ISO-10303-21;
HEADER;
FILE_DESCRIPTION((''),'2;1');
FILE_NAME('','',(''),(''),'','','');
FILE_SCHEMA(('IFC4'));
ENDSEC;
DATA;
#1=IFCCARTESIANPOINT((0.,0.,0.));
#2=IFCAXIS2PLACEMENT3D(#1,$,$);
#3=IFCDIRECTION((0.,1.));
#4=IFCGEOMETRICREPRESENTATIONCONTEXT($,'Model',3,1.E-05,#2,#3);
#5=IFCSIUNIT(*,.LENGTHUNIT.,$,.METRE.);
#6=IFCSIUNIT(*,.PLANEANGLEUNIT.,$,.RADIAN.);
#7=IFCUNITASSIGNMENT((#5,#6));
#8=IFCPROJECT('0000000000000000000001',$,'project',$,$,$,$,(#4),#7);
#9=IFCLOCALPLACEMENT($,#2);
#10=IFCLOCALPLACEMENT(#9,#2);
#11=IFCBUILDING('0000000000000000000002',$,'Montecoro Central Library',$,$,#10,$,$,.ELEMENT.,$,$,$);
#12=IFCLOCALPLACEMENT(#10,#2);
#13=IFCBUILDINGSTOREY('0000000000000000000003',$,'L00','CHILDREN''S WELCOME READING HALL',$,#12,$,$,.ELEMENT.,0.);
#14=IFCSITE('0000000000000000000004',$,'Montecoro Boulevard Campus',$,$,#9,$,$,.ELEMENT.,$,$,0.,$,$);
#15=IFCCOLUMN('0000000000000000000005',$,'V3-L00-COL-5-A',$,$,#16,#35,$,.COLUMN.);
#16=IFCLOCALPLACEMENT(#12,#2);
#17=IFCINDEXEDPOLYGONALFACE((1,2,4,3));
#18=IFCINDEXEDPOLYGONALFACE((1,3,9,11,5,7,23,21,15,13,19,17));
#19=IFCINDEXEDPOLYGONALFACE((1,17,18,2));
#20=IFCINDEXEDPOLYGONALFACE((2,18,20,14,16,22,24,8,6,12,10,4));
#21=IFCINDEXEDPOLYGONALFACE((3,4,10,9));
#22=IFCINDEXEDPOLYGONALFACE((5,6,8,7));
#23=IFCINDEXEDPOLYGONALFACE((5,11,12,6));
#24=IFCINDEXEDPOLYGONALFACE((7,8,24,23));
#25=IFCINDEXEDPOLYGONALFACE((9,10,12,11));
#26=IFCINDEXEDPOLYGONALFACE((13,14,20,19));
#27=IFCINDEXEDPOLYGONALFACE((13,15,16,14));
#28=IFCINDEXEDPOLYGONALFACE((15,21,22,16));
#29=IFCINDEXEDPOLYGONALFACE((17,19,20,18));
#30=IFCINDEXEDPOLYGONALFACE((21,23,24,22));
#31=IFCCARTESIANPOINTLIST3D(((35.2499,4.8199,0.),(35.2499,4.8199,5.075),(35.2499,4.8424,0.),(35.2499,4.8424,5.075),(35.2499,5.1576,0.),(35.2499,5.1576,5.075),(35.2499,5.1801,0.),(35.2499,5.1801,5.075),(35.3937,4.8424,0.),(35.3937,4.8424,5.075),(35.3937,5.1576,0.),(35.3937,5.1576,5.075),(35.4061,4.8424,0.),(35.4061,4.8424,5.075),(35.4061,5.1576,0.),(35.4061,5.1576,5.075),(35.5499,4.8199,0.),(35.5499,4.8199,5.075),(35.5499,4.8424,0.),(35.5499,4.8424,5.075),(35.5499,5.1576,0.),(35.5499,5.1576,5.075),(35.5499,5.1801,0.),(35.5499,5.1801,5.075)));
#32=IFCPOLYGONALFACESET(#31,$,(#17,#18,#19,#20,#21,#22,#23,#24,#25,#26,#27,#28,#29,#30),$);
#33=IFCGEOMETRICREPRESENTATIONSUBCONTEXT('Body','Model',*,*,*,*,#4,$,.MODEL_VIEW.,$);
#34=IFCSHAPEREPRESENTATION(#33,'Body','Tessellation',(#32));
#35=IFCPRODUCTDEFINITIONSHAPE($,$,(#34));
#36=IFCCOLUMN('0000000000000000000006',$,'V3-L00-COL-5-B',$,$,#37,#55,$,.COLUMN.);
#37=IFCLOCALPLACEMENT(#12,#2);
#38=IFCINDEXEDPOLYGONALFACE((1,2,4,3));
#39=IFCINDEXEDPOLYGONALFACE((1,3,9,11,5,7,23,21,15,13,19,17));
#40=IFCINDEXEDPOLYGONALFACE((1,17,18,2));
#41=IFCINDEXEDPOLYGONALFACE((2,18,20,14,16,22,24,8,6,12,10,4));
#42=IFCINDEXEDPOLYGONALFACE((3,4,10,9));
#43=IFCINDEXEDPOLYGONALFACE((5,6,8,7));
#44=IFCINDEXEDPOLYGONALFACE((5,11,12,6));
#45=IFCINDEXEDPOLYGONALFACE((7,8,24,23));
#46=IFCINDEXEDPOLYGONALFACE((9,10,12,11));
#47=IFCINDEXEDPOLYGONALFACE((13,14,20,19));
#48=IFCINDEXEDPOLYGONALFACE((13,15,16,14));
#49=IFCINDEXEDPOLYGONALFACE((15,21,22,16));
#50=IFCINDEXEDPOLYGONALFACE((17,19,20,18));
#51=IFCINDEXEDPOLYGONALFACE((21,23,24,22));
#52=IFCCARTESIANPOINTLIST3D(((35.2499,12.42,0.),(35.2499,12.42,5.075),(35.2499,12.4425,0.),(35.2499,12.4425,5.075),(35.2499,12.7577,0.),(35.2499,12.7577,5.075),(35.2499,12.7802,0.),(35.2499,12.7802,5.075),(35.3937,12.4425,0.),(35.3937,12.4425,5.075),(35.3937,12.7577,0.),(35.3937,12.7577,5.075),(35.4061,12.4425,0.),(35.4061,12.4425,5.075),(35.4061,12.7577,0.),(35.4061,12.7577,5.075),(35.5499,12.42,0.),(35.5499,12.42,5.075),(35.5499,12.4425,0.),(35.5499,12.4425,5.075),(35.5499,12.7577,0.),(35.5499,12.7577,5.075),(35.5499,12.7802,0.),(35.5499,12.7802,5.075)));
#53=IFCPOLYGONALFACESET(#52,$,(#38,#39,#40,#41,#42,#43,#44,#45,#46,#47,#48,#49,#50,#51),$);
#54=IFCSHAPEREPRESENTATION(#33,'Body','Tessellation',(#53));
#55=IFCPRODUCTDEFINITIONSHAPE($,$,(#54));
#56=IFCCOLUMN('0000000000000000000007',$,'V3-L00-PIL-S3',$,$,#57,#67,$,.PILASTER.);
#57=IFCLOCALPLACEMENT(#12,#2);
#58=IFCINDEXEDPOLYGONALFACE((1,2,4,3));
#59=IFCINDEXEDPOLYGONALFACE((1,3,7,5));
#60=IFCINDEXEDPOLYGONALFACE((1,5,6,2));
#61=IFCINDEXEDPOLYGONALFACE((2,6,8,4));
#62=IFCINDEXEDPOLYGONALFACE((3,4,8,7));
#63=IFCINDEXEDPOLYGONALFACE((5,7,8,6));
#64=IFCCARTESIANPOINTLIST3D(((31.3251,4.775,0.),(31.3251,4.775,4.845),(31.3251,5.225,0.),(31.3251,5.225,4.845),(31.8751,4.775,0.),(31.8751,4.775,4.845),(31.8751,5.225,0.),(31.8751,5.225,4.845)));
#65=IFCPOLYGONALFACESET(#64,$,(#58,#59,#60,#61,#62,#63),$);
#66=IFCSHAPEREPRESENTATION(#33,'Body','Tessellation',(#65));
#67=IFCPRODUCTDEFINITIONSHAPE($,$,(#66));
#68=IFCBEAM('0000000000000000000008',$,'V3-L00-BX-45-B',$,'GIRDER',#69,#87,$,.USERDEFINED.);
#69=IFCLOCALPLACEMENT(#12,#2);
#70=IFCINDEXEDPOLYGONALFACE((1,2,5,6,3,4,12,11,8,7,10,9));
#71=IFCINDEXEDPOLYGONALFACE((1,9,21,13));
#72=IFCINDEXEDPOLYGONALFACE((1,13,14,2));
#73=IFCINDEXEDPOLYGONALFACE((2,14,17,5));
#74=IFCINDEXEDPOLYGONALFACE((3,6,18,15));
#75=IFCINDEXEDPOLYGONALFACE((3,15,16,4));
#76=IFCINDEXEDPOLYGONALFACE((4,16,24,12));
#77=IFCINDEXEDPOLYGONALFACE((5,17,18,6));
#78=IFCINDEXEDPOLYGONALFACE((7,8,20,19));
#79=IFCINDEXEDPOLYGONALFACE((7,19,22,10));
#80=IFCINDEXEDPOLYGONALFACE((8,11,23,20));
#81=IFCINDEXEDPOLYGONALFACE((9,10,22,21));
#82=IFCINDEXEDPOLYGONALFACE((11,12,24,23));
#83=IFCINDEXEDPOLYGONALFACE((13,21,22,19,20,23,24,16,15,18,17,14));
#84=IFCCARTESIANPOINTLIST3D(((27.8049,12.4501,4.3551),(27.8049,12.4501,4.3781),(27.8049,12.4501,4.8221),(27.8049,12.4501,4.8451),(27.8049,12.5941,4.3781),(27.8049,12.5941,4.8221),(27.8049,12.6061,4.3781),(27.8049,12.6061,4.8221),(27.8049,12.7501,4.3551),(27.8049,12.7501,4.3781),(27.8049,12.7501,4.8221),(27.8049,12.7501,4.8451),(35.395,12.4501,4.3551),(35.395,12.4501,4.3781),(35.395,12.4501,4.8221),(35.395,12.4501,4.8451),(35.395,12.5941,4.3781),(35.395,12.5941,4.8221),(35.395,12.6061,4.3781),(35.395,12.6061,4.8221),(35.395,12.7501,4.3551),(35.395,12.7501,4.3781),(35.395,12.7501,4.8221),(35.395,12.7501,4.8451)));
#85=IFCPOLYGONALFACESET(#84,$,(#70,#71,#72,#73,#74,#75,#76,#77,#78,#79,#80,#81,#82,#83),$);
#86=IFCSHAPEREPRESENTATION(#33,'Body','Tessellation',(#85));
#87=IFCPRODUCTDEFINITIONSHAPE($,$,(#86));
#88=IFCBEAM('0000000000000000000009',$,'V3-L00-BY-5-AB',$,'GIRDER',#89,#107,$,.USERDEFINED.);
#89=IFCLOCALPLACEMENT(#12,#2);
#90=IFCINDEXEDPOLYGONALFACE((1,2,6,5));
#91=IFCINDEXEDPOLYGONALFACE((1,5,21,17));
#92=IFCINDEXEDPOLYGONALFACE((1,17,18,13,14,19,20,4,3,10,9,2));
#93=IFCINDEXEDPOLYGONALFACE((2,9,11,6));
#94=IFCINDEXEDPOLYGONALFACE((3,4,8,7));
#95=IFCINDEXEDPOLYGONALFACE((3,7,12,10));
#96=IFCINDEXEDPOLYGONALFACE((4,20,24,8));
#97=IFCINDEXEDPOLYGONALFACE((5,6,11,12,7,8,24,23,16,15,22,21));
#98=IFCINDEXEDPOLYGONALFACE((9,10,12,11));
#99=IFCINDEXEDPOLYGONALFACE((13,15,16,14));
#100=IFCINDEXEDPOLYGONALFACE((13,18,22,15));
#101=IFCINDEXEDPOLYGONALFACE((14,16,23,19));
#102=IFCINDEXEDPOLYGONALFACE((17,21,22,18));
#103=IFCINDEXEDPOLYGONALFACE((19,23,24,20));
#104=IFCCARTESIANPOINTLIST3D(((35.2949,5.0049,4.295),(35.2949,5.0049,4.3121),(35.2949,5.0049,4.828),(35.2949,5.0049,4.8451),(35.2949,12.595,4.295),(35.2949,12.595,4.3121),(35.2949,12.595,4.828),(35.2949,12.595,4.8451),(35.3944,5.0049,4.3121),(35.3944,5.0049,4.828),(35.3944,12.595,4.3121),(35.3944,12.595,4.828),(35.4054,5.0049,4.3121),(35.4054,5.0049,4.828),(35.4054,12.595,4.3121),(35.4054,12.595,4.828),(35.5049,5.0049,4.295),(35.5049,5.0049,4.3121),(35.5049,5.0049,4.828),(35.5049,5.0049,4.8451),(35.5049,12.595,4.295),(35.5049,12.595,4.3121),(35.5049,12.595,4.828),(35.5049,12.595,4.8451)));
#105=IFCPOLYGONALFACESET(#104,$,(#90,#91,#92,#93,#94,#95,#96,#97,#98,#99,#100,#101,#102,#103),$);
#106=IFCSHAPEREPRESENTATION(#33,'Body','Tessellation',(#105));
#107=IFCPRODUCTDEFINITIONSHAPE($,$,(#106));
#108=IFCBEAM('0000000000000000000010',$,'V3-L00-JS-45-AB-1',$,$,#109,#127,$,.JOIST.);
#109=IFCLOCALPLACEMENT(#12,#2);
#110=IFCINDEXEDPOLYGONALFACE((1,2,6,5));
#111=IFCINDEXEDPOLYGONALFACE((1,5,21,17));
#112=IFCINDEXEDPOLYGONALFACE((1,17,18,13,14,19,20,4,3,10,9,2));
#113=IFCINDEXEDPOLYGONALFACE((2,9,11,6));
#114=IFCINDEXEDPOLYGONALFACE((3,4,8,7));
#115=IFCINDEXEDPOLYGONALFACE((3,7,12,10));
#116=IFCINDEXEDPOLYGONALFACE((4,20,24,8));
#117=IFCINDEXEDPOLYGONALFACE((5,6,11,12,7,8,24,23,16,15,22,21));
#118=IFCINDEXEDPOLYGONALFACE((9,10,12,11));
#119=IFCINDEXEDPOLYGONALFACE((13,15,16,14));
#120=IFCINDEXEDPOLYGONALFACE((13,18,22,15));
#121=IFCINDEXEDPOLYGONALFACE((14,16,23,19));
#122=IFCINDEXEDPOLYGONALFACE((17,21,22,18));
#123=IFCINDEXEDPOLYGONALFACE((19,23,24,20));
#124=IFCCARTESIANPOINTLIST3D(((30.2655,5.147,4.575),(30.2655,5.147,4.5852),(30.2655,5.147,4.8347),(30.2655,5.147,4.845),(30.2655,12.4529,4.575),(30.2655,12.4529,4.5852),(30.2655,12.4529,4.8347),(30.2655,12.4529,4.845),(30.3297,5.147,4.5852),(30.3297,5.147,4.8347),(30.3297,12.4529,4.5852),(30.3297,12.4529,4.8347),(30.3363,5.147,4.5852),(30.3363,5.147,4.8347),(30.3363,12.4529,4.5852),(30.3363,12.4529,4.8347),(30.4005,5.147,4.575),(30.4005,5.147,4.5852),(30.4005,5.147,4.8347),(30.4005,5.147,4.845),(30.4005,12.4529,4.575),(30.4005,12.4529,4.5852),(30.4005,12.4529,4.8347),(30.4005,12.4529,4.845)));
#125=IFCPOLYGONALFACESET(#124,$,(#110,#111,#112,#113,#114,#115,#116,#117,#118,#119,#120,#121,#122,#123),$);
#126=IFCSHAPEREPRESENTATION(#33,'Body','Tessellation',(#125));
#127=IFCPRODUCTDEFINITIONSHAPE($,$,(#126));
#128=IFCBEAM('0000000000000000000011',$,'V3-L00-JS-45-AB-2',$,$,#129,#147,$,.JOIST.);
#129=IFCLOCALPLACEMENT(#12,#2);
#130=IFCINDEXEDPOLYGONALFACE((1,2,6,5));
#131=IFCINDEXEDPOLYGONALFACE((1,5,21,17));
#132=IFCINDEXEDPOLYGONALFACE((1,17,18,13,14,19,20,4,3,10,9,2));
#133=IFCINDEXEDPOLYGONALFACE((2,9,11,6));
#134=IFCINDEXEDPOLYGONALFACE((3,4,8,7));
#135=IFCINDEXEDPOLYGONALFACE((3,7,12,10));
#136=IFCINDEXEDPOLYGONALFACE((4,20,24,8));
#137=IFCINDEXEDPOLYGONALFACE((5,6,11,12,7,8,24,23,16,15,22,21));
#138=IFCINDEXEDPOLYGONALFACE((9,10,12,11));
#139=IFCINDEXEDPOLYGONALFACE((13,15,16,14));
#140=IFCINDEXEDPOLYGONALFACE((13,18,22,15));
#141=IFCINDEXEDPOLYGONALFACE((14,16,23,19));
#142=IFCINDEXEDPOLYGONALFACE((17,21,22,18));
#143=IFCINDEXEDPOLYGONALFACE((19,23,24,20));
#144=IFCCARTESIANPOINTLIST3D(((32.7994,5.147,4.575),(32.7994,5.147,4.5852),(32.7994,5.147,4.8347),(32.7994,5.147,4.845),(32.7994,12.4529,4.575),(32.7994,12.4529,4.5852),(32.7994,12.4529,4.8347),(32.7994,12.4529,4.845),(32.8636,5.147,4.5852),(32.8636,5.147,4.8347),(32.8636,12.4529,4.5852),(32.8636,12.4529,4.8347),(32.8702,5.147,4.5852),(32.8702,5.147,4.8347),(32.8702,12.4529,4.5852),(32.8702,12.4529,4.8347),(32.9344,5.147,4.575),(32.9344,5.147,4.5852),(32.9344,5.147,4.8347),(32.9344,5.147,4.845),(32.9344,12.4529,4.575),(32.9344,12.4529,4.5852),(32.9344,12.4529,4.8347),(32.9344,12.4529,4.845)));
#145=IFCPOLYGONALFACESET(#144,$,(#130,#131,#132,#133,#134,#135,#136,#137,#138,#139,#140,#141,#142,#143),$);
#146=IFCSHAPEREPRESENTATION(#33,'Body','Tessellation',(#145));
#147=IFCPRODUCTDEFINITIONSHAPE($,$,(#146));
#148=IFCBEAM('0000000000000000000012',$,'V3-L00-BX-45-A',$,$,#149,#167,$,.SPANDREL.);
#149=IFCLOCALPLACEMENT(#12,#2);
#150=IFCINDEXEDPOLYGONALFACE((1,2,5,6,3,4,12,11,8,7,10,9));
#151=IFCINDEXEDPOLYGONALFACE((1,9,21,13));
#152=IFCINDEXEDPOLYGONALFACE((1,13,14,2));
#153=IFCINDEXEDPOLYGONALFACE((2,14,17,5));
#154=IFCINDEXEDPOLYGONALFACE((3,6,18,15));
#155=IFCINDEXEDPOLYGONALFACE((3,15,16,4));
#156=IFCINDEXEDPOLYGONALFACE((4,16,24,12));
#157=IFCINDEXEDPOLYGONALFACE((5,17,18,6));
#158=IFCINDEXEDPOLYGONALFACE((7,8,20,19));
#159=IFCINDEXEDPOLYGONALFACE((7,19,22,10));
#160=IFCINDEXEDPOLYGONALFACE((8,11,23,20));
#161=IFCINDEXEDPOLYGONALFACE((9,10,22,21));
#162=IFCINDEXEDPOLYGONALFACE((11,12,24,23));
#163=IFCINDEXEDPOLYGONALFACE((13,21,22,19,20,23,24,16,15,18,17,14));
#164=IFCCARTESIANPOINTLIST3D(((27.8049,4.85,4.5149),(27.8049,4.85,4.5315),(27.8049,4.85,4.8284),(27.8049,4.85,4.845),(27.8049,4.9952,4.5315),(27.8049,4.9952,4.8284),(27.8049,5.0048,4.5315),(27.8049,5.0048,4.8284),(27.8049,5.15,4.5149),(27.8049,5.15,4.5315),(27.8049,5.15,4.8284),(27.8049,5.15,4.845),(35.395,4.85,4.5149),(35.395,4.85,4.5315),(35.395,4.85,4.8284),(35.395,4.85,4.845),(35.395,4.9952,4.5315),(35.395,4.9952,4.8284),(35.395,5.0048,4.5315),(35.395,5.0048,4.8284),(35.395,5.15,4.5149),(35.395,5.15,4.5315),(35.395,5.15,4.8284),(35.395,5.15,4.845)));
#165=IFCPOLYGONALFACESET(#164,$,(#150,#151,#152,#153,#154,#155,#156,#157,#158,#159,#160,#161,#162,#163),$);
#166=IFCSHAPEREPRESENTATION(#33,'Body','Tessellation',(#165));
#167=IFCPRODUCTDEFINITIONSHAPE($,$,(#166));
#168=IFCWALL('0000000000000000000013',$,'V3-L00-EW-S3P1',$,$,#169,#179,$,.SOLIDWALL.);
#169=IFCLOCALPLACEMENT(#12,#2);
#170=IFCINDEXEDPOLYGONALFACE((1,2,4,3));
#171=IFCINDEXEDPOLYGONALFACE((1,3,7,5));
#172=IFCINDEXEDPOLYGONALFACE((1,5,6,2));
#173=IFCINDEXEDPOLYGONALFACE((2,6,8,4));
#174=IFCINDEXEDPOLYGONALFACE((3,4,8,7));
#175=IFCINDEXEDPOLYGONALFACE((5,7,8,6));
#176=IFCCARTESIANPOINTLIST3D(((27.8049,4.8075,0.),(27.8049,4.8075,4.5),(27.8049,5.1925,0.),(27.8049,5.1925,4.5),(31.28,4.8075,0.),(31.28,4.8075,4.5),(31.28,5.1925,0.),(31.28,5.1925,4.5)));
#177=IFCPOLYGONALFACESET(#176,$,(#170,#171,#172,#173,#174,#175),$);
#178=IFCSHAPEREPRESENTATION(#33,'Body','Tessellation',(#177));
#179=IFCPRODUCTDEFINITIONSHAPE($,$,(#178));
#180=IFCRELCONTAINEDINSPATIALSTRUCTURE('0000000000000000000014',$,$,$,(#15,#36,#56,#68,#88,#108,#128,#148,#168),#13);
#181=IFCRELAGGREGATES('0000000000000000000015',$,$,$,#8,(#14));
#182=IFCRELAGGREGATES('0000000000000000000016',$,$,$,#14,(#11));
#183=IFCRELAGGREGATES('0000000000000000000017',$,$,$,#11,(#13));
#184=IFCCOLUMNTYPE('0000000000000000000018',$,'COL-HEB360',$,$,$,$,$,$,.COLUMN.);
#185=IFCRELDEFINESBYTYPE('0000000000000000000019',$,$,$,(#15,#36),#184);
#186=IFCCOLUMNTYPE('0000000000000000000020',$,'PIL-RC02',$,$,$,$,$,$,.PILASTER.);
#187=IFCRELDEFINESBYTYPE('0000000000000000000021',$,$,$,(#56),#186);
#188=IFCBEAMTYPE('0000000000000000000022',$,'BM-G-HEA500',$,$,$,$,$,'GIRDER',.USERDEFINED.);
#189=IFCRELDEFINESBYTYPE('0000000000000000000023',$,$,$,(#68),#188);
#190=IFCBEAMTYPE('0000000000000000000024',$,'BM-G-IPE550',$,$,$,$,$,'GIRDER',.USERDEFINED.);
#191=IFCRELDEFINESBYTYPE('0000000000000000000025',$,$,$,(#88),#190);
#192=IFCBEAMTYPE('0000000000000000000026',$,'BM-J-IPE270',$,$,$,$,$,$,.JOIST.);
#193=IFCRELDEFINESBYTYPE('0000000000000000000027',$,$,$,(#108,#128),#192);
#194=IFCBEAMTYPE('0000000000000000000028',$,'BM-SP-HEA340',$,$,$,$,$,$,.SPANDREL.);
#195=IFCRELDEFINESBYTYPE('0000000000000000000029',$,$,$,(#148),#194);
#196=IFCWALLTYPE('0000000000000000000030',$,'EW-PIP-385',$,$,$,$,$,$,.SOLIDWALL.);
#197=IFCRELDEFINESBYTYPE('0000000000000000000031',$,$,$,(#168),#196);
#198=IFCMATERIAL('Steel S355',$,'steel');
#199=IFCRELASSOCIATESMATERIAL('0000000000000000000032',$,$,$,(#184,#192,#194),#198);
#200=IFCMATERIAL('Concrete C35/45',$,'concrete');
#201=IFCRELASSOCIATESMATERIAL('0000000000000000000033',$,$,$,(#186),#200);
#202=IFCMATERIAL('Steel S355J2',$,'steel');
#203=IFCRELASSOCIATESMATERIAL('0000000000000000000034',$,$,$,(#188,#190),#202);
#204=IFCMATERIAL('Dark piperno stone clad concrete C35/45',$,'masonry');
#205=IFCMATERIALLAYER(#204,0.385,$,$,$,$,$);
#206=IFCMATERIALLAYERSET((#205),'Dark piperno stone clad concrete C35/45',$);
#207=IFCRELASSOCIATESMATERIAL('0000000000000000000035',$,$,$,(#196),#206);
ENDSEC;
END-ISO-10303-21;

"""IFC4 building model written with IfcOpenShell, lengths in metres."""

from ifc_helpers import new_model, si_unit, direction, frame, frame_2d, origin, origin_2d, place, context, subcontext, project, spatial, rectangle, i_section, extrude, material, layer, layer_set, material_profile, profile_set, type_object, element, save


model = new_model("IFC4")

# Units and contexts
model_context = context("Model", 3, precision=1e-05, world=origin(), true_north=direction((0.0, 1.0)))
body_context = subcontext(model_context, "Body", "Model", "MODEL_VIEW")
ifc_project = project(units=[si_unit("LENGTHUNIT", "METRE"), si_unit("PLANEANGLEUNIT", "RADIAN")], contexts=[model_context])

# Site, building, storey
site_placement = place(None, origin())
site = spatial("IfcSite", under=ifc_project, at=site_placement, Name="Montecoro Boulevard Campus", CompositionType="ELEMENT", RefElevation=0.0)
building_placement = place(site_placement, origin())
building = spatial("IfcBuilding", under=site, at=building_placement, Name="Montecoro Central Library", CompositionType="ELEMENT")
storey_placement = place(building_placement, origin())
storey = spatial("IfcBuildingStorey", under=building, at=storey_placement, Name="L00", Description="CHILDREN'S WELCOME READING HALL", CompositionType="ELEMENT", Elevation=0.0)

# Shared definitions
ifc_material_1 = material(Name="Concrete C35/45", Category="concrete")

# Columns
ifc_material_2 = material(Name="Steel S355", Category="steel")
ifc_material_profile_1 = material_profile(ifc_material_2, i_section(OverallWidth=0.3, OverallDepth=0.3601, WebThickness=0.0125, FlangeThickness=0.0225, at=origin_2d()), Name="HEB 360")
ifc_profile_set_1 = profile_set([ifc_material_profile_1], Name="Steel S355")
column_type_1 = type_object("IfcColumnType", Name="COL-HEB360", PredefinedType="COLUMN", material=ifc_profile_set_1)
for number, where, z_axis, x_axis, name in (
    (1, (35.3999, 5.0, 0.0), (0.0, 0.0, 1.0), (1.0, 0.0, 0.0), "V3-L00-COL-5-A"),
    (2, (35.3999, 12.6001, 0.0), (0.0, 0.0, 1.0), (1.0, 0.0, 0.0), "V3-L00-COL-5-B"),
):
    element("IfcColumn", number, at=place(storey_placement, frame(where, z_axis=z_axis, x_axis=x_axis)), inside=storey, type_object=column_type_1, Name=name, PredefinedType="COLUMN", context=body_context, shape_type="SweptSolid", body=[
        extrude(i_section(OverallWidth=0.3, OverallDepth=0.3601, WebThickness=0.0125, FlangeThickness=0.0225, at=origin_2d()), origin(), (0.0, 0.0, 1.0), 5.075),
    ])
ifc_material_profile_2 = material_profile(ifc_material_1, rectangle(XDim=0.55, YDim=0.45, at=origin_2d()), Name="RC PIL 550x450")
ifc_profile_set_2 = profile_set([ifc_material_profile_2], Name="Concrete C35/45")
column_type_2 = type_object("IfcColumnType", Name="PIL-RC02", PredefinedType="PILASTER", material=ifc_profile_set_2)
column_placement = place(storey_placement, frame((31.6001, 5.0, 0.0), z_axis=(0.0, 0.0, 1.0), x_axis=(1.0, 0.0, 0.0)))
element("IfcColumn", 3, at=column_placement, inside=storey, type_object=column_type_2, Name="V3-L00-PIL-S3", PredefinedType="PILASTER", context=body_context, shape_type="SweptSolid", body=[
    extrude(rectangle(XDim=0.55, YDim=0.45, at=origin_2d()), origin(), (0.0, 0.0, 1.0), 4.845),
])

# Beams
ifc_material_3 = material(Name="Steel S355J2", Category="steel")
ifc_material_profile_3 = material_profile(ifc_material_3, i_section(OverallWidth=0.3, OverallDepth=0.49, WebThickness=0.012, FlangeThickness=0.0229, at=origin_2d()), Name="HEA 500")
ifc_profile_set_3 = profile_set([ifc_material_profile_3], Name="Steel S355J2")
beam_type_1 = type_object("IfcBeamType", Name="BM-G-HEA500", ElementType="GIRDER", PredefinedType="USERDEFINED", material=ifc_profile_set_3)
beam_1_placement = place(storey_placement, frame((27.8049, 12.6001, 4.6001), z_axis=(1.0, 0.0, 0.0), x_axis=(0.0, 1.0, 0.0)))
element("IfcBeam", 4, at=beam_1_placement, inside=storey, type_object=beam_type_1, Name="V3-L00-BX-45-B", ObjectType="GIRDER", PredefinedType="USERDEFINED", context=body_context, shape_type="SweptSolid", body=[
    extrude(i_section(OverallWidth=0.3, OverallDepth=0.49, WebThickness=0.012, FlangeThickness=0.0229, at=origin_2d()), origin(), (0.0, 0.0, 1.0), 7.5901),
])
ifc_material_profile_4 = material_profile(ifc_material_3, i_section(OverallWidth=0.21, OverallDepth=0.55, WebThickness=0.011, FlangeThickness=0.0171, at=origin_2d()), Name="IPE 550")
ifc_profile_set_4 = profile_set([ifc_material_profile_4], Name="Steel S355J2")
beam_type_2 = type_object("IfcBeamType", Name="BM-G-IPE550", ElementType="GIRDER", PredefinedType="USERDEFINED", material=ifc_profile_set_4)
beam_2_placement = place(storey_placement, frame((35.3999, 5.0049, 4.5701), z_axis=(0.0, 1.0, 0.0), x_axis=(-1.0, 0.0, 0.0)))
element("IfcBeam", 5, at=beam_2_placement, inside=storey, type_object=beam_type_2, Name="V3-L00-BY-5-AB", ObjectType="GIRDER", PredefinedType="USERDEFINED", context=body_context, shape_type="SweptSolid", body=[
    extrude(i_section(OverallWidth=0.21, OverallDepth=0.55, WebThickness=0.011, FlangeThickness=0.0171, at=origin_2d()), origin(), (0.0, 0.0, 1.0), 7.5901),
])
ifc_material_profile_5 = material_profile(ifc_material_2, i_section(OverallWidth=0.135, OverallDepth=0.27, WebThickness=0.0066, FlangeThickness=0.0103, at=origin_2d()), Name="IPE 270")
ifc_profile_set_5 = profile_set([ifc_material_profile_5], Name="Steel S355")
beam_type_3 = type_object("IfcBeamType", Name="BM-J-IPE270", PredefinedType="JOIST", material=ifc_profile_set_5)
for number, where, z_axis, x_axis, name in (
    (6, (30.333, 5.147, 4.71), (0.0, 1.0, 0.0), (-1.0, 0.0, 0.0), "V3-L00-JS-45-AB-1"),
    (7, (32.8669, 5.147, 4.71), (0.0, 1.0, 0.0), (-1.0, 0.0, 0.0), "V3-L00-JS-45-AB-2"),
):
    element("IfcBeam", number, at=place(storey_placement, frame(where, z_axis=z_axis, x_axis=x_axis)), inside=storey, type_object=beam_type_3, Name=name, PredefinedType="JOIST", context=body_context, shape_type="SweptSolid", body=[
        extrude(i_section(OverallWidth=0.135, OverallDepth=0.27, WebThickness=0.0066, FlangeThickness=0.0103, at=origin_2d()), origin(), (0.0, 0.0, 1.0), 7.3059),
    ])
ifc_material_profile_6 = material_profile(ifc_material_2, i_section(OverallWidth=0.3, OverallDepth=0.3301, WebThickness=0.0095, FlangeThickness=0.0166, at=origin_2d()), Name="HEA 340")
ifc_profile_set_6 = profile_set([ifc_material_profile_6], Name="Steel S355")
beam_type_4 = type_object("IfcBeamType", Name="BM-SP-HEA340", PredefinedType="SPANDREL", material=ifc_profile_set_6)
beam_3_placement = place(storey_placement, frame((27.8049, 5.0, 4.6799), z_axis=(1.0, 0.0, 0.0), x_axis=(0.0, 1.0, 0.0)))
element("IfcBeam", 8, at=beam_3_placement, inside=storey, type_object=beam_type_4, Name="V3-L00-BX-45-A", PredefinedType="SPANDREL", context=body_context, shape_type="SweptSolid", body=[
    extrude(i_section(OverallWidth=0.3, OverallDepth=0.3301, WebThickness=0.0095, FlangeThickness=0.0166, at=origin_2d()), origin(), (0.0, 0.0, 1.0), 7.5901),
])

# Wall
ifc_material_4 = material(Name="Dark piperno stone clad concrete C35/45", Category="masonry")
ifc_layer = layer(ifc_material_4, 0.385)
ifc_layer_set = layer_set([ifc_layer], Name="Dark piperno stone clad concrete C35/45")
wall_type = type_object("IfcWallType", Name="EW-PIP-385", PredefinedType="SOLIDWALL", material=ifc_layer_set)
for number, where, z_axis, x_axis, name in (
    (9, (27.8049, 5.0, 0.0), (0.0, 0.0, 1.0), (1.0, 0.0, 0.0), "V3-L00-EW-S3P1"),
):
    element("IfcWall", number, at=place(storey_placement, frame(where, z_axis=z_axis, x_axis=x_axis)), inside=storey, type_object=wall_type, Name=name, PredefinedType="SOLIDWALL", context=body_context, shape_type="SweptSolid", body=[
        extrude(rectangle(XDim=3.4751, YDim=0.385, at=frame_2d((1.7375, 0.0))), origin(), (0.0, 0.0, 1.0), 4.5),
    ])

save(model, "model.ifc")
